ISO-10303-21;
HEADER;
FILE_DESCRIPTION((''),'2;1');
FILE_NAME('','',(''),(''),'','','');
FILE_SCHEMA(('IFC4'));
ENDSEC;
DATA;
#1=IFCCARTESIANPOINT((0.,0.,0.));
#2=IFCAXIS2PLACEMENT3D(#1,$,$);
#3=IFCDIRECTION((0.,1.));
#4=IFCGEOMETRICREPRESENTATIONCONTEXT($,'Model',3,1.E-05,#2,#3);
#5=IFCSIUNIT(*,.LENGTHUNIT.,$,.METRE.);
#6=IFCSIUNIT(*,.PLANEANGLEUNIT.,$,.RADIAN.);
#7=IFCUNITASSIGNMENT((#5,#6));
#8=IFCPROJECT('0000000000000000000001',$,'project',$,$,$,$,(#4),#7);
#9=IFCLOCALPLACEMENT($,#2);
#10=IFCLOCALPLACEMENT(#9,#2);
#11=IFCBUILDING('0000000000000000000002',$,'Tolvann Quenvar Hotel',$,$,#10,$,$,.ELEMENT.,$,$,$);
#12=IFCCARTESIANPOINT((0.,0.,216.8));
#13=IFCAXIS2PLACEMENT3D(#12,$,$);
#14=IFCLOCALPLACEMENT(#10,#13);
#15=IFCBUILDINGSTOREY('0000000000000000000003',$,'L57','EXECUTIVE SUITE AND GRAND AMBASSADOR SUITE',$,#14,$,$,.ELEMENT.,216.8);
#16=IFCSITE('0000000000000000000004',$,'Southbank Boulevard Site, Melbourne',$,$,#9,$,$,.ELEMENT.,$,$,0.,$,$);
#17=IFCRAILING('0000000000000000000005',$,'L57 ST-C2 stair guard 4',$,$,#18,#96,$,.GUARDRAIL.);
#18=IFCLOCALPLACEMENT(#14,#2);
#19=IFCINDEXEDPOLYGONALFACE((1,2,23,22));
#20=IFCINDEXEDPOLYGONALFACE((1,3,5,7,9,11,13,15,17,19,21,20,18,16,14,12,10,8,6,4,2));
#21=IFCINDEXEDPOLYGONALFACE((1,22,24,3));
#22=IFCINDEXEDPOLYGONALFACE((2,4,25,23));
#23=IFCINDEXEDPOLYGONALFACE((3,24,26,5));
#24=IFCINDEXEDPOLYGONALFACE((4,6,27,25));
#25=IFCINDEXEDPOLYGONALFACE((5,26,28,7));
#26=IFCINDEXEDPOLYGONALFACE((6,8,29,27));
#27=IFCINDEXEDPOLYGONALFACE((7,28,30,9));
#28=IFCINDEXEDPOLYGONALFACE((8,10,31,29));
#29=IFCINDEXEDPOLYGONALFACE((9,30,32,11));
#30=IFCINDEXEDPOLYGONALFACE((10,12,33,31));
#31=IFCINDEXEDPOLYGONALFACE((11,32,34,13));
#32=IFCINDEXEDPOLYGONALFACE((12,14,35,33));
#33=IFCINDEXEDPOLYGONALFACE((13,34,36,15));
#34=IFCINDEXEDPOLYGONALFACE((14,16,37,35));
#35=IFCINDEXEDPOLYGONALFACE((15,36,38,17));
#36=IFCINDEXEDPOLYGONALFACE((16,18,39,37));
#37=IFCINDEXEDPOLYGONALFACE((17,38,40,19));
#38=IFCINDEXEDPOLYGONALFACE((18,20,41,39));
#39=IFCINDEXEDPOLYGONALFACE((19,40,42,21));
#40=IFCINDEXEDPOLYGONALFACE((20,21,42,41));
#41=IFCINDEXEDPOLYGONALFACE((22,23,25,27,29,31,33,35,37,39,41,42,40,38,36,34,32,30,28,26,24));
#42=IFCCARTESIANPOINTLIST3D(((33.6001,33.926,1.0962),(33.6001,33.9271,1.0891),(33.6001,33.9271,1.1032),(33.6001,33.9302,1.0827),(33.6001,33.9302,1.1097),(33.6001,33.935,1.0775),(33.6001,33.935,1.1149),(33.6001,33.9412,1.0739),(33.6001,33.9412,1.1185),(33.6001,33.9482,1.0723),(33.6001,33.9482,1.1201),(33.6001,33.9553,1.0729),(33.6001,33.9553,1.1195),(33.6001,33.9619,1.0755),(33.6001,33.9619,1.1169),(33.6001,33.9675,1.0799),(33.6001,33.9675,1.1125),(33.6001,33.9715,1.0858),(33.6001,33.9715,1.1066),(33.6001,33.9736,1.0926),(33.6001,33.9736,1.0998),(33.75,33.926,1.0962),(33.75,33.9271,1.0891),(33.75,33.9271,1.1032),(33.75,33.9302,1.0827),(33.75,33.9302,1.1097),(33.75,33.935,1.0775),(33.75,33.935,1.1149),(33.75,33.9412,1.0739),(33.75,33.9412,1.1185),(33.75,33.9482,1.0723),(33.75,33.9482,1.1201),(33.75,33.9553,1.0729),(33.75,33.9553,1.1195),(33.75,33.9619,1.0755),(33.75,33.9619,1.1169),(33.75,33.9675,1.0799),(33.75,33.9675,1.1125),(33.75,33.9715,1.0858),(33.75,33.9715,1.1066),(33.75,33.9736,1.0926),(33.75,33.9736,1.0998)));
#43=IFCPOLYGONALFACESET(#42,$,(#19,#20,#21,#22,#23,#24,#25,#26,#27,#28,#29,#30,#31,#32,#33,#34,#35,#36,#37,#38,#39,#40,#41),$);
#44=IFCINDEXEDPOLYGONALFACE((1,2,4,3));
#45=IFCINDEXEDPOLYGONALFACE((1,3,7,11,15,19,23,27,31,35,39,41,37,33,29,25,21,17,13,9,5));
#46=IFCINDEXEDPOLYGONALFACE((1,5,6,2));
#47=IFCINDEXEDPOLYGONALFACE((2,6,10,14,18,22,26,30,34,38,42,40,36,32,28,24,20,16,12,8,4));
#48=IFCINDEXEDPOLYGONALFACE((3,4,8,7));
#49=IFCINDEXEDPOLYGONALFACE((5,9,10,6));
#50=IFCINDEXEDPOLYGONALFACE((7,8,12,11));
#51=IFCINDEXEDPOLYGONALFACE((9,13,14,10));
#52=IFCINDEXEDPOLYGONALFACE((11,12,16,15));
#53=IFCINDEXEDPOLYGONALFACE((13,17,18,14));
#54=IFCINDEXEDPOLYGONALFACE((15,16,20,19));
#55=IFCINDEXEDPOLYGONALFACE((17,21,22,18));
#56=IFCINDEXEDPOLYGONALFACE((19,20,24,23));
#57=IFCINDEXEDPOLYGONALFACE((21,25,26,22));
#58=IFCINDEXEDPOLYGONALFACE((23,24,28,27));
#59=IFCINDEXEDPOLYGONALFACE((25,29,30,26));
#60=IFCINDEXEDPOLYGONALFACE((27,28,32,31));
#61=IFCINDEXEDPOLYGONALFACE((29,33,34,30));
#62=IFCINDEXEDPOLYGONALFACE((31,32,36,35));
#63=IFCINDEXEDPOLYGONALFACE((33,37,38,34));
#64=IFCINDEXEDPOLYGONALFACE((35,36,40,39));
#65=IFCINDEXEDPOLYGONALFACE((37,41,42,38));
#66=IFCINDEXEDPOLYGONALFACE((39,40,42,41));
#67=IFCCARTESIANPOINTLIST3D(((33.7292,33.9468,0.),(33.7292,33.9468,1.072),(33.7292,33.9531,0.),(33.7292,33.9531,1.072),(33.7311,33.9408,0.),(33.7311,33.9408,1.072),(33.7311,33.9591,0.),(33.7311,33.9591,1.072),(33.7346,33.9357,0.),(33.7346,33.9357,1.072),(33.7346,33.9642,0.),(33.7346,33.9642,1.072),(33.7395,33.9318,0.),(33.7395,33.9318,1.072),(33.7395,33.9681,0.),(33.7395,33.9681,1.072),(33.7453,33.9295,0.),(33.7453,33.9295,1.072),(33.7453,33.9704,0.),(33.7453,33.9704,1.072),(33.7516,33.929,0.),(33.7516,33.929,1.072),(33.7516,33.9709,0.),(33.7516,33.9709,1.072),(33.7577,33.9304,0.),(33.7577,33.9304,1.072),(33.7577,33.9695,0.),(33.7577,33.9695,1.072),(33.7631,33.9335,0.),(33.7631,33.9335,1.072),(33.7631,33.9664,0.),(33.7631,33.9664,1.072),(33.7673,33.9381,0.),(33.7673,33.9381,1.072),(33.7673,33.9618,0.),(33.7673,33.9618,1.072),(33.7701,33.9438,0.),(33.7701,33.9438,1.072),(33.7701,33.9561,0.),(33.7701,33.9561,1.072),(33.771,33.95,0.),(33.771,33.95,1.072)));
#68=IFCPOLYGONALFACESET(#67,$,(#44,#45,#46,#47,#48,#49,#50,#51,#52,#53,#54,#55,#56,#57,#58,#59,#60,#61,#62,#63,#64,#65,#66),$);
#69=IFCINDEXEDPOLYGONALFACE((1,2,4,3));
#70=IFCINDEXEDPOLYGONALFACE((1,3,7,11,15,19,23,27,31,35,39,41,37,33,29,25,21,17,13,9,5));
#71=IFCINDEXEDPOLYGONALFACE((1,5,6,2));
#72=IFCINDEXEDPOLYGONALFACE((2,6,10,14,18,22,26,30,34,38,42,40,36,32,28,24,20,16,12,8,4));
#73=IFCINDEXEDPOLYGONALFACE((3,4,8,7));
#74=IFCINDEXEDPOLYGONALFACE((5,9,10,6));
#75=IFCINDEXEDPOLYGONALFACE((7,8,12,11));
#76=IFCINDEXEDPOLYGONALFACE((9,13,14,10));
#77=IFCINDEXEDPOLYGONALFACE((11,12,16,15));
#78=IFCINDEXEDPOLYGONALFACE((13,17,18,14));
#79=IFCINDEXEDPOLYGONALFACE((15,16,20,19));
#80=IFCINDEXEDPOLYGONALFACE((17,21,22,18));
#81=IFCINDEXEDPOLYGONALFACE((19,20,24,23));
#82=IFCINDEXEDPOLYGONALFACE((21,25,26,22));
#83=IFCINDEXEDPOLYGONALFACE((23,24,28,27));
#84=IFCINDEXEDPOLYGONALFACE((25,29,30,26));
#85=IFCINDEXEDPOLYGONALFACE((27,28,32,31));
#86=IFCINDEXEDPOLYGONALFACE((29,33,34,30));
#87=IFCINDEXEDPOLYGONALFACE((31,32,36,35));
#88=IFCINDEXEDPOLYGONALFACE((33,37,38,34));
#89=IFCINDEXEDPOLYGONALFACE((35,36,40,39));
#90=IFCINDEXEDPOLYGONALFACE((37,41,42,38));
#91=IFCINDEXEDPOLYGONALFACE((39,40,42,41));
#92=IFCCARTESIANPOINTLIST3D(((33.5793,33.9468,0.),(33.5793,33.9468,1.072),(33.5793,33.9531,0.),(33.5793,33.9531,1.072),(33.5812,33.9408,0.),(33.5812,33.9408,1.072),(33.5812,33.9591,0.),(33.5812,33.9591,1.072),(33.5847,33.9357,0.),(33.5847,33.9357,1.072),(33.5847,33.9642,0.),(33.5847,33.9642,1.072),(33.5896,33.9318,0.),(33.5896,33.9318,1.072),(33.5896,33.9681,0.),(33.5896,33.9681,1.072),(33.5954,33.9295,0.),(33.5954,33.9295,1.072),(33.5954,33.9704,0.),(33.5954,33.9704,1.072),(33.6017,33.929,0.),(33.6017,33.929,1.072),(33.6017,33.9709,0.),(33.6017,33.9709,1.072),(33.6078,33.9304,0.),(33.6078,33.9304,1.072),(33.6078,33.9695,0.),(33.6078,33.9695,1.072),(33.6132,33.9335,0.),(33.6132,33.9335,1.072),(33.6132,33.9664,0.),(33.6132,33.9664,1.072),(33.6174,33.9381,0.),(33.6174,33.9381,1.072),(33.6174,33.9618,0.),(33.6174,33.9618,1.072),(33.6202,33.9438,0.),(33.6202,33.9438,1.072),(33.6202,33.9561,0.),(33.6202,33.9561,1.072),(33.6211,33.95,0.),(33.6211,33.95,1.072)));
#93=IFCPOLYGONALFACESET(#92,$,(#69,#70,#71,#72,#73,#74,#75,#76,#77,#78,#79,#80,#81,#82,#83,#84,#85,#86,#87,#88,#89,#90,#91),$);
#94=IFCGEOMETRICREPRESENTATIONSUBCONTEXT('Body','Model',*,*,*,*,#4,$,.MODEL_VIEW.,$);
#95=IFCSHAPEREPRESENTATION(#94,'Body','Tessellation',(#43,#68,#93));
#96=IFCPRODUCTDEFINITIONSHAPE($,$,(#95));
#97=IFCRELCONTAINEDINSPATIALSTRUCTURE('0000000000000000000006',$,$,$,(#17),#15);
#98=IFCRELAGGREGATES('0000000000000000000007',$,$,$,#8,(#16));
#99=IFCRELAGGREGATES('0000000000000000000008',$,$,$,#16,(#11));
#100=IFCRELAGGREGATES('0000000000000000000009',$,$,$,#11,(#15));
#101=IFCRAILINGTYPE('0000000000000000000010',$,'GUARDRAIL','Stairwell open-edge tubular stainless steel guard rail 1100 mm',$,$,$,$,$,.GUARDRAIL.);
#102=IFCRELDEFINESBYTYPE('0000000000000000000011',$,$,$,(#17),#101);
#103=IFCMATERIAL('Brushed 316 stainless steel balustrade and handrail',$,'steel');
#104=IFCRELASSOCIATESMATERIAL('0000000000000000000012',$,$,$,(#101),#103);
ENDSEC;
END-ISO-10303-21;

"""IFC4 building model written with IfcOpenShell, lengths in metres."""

from ifc_helpers import new_model, si_unit, direction, frame, origin, origin_2d, place, context, subcontext, project, spatial, circle, extrude, material, type_object, element, save


model = new_model("IFC4")

# Units and contexts
model_context = context("Model", 3, precision=1e-05, world=origin(), true_north=direction((0.0, 1.0)))
body_context = subcontext(model_context, "Body", "Model", "MODEL_VIEW")
ifc_project = project(units=[si_unit("LENGTHUNIT", "METRE"), si_unit("PLANEANGLEUNIT", "RADIAN")], contexts=[model_context])

# Site, building, storey
site_placement = place(None, origin())
site = spatial("IfcSite", under=ifc_project, at=site_placement, Name="Southbank Boulevard Site, Melbourne", CompositionType="ELEMENT", RefElevation=0.0)
building_placement = place(site_placement, origin())
building = spatial("IfcBuilding", under=site, at=building_placement, Name="Tolvann Quenvar Hotel", CompositionType="ELEMENT")
storey_placement = place(building_placement, frame((0.0, 0.0, 216.8)))
storey = spatial("IfcBuildingStorey", under=building, at=storey_placement, Name="L57", Description="EXECUTIVE SUITE AND GRAND AMBASSADOR SUITE", CompositionType="ELEMENT", Elevation=216.8)

# Railing
ifc_material_1 = material(Name="Brushed 316 stainless steel balustrade and handrail", Category="steel")
railing_type_1 = type_object("IfcRailingType", Name="GUARDRAIL", Description="Stairwell open-edge tubular stainless steel guard rail 1100 mm", PredefinedType="GUARDRAIL", material=ifc_material_1)
railing_1_placement = place(storey_placement, frame((33.75, 33.95, 0.0)))
element("IfcRailing", 1, at=railing_1_placement, inside=storey, type_object=railing_type_1, Name="L57 ST-C2 stair guard 4", PredefinedType="GUARDRAIL", context=body_context, shape_type="SweptSolid", body=[
    extrude(circle(Radius=0.0239, at=origin_2d()), frame((0.0, 0.0, 1.0962), z_axis=(-1.0, 0.0, 0.0), x_axis=(0.0, -1.0, 0.0)), (0.0, 0.0, 1.0), 0.1499),
    extrude(circle(Radius=0.021, at=origin_2d()), origin(), (0.0, 0.0, 1.0), 1.072),
    extrude(circle(Radius=0.021, at=origin_2d()), frame((-0.1499, 0.0, 0.0)), (0.0, 0.0, 1.0), 1.072),
])

save(model, "model.ifc")
